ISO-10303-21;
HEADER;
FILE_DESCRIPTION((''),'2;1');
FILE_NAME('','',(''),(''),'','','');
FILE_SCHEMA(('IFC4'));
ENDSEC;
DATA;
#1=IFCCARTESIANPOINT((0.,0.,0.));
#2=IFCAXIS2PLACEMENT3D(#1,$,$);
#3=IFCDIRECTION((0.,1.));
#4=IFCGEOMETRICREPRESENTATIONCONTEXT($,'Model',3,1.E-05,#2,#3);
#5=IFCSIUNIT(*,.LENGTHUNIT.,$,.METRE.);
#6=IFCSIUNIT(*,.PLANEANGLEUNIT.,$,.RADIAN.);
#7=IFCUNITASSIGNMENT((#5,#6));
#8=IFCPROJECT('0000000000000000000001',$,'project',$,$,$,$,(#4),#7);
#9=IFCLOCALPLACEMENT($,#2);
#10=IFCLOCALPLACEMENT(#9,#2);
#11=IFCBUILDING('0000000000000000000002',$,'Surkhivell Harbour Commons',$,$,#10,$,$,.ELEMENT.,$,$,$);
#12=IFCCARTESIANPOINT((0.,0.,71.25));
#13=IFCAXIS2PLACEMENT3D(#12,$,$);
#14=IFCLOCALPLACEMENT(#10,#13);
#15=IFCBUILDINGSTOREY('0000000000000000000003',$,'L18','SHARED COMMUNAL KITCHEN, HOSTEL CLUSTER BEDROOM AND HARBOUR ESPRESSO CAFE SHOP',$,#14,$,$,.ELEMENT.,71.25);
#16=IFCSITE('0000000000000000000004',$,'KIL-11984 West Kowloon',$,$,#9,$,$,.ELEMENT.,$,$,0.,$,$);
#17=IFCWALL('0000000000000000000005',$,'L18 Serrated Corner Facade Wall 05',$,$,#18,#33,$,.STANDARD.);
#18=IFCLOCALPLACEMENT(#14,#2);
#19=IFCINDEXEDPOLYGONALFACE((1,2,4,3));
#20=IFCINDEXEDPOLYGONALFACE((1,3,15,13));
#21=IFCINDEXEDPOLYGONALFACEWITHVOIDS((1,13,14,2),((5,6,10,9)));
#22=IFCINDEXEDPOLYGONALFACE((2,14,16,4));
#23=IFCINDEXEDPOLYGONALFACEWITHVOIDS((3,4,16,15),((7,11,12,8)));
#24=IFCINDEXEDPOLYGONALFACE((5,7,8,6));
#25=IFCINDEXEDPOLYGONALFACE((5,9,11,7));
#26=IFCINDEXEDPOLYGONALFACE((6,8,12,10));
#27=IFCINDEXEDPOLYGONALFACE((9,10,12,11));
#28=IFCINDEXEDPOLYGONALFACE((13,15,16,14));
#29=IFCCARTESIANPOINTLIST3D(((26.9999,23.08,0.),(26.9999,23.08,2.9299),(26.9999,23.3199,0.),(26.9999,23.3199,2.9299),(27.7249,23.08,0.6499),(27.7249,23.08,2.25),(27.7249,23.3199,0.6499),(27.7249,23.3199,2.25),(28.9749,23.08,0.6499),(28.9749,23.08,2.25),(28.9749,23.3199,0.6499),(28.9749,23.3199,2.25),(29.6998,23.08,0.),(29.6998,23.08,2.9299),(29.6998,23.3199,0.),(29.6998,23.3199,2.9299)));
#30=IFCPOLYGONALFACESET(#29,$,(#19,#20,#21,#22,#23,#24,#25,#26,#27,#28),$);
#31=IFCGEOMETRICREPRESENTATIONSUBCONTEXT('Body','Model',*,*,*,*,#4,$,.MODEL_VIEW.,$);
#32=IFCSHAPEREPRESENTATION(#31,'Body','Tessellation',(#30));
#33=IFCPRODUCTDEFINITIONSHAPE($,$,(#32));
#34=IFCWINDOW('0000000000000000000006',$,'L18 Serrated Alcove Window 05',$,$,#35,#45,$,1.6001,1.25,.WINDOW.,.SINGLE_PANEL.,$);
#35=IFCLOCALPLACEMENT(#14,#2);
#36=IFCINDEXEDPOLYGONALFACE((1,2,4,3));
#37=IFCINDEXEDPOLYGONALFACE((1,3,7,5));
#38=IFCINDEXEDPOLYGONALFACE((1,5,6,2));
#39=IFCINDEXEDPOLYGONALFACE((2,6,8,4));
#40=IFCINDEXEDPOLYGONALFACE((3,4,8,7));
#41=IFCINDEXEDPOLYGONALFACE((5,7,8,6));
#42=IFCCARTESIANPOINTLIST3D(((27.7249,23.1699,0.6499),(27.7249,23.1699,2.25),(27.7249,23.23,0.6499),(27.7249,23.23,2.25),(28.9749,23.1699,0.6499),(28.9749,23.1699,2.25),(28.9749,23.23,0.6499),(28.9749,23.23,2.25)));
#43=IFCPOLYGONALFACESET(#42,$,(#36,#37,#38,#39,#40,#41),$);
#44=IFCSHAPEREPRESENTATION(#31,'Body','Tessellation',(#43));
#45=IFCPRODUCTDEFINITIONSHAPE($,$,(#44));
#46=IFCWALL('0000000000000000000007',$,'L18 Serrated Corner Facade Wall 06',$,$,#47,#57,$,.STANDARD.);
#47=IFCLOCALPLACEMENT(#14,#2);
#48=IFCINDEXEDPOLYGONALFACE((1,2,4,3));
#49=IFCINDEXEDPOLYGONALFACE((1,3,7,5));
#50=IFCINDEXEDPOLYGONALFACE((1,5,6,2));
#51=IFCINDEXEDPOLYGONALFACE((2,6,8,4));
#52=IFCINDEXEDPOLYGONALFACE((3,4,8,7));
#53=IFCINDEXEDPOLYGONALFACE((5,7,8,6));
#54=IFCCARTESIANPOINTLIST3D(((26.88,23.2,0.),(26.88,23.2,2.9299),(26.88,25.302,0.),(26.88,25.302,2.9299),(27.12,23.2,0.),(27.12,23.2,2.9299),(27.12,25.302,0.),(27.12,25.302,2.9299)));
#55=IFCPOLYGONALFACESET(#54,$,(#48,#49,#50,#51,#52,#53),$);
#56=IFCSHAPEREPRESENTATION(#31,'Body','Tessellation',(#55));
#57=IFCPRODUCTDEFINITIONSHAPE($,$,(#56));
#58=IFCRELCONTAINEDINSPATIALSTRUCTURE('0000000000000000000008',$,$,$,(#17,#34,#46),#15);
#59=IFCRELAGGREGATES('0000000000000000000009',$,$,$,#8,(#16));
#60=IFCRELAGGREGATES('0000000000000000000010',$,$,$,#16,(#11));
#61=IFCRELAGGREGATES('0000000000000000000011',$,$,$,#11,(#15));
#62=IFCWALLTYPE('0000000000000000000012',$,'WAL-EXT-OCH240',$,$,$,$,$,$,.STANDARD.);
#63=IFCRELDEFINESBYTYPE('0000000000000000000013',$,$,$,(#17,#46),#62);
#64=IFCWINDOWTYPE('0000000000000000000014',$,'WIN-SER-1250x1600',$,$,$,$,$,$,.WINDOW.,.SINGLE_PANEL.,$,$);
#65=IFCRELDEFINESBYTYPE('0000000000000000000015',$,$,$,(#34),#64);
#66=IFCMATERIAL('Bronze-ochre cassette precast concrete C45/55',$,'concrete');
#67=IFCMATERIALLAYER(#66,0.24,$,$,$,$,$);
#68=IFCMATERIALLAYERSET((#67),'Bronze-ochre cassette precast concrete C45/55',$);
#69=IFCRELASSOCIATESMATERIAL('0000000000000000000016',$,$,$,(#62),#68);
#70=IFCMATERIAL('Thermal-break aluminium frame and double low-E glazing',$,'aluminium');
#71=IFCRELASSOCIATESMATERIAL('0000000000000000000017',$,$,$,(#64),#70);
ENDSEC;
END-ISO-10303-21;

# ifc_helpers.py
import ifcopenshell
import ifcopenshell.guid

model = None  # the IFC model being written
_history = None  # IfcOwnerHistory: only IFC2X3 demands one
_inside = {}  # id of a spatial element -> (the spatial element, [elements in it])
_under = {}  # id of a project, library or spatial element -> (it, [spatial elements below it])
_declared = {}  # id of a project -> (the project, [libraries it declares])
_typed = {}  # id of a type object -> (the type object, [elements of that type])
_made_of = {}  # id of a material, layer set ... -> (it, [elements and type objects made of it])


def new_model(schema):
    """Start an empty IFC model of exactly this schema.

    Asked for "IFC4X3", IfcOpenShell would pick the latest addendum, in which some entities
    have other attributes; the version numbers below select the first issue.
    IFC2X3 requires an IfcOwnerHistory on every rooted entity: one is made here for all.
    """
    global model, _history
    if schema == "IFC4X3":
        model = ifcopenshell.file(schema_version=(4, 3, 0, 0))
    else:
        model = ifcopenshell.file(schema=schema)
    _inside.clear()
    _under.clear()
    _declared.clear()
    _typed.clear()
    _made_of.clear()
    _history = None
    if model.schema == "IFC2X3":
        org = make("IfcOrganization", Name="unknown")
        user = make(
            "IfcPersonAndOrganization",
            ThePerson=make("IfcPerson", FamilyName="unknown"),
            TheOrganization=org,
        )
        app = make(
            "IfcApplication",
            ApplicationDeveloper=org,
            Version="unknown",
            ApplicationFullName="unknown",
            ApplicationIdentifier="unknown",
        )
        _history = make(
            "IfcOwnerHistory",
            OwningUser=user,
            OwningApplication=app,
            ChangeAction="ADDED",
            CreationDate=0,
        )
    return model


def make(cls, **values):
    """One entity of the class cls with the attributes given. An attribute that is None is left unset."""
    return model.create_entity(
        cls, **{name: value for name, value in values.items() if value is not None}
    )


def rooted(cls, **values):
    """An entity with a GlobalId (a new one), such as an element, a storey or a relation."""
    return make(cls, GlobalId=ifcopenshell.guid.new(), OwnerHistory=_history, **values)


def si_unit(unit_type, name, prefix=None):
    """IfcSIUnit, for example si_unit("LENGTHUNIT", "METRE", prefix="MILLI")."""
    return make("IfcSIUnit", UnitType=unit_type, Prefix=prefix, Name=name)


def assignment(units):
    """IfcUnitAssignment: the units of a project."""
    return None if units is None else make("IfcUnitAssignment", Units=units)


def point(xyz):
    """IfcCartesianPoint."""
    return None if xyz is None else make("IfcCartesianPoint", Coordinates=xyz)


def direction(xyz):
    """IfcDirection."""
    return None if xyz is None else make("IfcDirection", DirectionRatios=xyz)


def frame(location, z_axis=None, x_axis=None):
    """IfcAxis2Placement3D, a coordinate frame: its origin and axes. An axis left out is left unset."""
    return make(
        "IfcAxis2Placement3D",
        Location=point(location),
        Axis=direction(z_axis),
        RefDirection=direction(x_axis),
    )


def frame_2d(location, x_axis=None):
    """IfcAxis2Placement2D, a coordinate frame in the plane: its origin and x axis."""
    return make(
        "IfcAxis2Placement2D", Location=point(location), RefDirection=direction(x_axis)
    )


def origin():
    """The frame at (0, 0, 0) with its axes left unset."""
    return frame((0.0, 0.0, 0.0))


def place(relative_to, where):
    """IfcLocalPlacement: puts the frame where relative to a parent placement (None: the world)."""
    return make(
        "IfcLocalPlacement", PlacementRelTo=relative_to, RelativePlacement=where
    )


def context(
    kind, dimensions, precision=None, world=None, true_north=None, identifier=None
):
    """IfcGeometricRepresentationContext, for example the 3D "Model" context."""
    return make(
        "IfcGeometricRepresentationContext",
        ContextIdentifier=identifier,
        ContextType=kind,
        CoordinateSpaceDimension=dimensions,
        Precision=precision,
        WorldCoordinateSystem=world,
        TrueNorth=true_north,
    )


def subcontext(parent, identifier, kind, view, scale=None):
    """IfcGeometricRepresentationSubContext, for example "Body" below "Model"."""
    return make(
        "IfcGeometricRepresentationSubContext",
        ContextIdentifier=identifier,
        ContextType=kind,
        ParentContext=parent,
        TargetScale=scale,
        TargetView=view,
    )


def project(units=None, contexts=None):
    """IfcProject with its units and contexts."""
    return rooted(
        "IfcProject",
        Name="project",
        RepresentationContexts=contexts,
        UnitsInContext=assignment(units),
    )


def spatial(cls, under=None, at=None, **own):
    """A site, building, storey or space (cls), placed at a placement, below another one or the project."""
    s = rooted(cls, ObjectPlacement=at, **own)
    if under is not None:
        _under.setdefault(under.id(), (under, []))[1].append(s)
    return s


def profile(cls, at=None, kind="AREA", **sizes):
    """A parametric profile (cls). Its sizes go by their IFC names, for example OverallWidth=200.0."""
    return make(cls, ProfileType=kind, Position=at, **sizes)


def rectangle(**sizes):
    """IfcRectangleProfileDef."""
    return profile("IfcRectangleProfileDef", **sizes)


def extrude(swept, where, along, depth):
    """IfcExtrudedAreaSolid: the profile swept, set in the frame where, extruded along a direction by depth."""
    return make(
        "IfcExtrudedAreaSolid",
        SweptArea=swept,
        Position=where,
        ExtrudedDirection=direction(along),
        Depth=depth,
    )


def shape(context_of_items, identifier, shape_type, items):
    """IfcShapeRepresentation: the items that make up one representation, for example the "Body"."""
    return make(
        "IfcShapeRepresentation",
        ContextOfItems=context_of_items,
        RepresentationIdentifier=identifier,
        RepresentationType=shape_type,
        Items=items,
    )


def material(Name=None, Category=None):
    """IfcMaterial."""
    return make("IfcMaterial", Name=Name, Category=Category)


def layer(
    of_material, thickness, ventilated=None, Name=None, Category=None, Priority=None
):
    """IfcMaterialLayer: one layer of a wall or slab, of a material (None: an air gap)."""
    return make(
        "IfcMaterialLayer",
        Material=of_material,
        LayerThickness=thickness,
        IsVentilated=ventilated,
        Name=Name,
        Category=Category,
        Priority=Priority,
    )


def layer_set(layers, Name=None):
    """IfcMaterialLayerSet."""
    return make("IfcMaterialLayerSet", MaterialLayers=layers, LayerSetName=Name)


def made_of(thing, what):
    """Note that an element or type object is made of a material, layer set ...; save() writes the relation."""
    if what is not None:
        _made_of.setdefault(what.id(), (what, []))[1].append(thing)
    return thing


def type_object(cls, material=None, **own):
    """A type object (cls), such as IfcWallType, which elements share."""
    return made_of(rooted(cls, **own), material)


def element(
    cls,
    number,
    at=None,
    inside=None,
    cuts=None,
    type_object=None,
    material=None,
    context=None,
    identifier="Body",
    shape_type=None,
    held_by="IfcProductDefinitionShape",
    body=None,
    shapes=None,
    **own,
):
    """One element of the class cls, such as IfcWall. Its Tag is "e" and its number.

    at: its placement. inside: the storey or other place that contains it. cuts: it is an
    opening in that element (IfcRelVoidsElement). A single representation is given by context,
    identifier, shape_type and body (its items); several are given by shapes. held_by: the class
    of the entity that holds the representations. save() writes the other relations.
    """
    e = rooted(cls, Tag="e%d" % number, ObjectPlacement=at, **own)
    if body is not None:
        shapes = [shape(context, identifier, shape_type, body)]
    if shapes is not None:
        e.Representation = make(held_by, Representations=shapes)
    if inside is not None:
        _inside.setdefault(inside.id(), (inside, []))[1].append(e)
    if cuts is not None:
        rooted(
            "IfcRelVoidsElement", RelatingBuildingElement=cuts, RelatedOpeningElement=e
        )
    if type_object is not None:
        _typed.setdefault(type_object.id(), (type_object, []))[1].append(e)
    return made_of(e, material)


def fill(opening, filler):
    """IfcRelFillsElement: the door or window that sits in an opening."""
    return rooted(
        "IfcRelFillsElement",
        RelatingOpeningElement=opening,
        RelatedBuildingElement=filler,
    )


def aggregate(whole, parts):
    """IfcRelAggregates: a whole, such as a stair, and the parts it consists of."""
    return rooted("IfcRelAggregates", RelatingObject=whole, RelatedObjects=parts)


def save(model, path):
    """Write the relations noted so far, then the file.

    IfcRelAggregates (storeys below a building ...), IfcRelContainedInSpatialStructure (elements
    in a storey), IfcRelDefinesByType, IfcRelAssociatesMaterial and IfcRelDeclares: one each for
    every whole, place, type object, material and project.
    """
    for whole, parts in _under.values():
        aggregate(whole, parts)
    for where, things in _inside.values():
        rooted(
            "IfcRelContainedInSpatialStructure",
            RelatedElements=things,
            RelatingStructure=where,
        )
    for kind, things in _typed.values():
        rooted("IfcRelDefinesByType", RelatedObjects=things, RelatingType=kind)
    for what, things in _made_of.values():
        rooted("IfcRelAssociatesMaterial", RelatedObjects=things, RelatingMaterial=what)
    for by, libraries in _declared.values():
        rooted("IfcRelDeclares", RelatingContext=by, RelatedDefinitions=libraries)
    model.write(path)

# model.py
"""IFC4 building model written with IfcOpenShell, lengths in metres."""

from ifc_helpers import new_model, si_unit, direction, frame, frame_2d, origin, place, context, subcontext, project, spatial, rectangle, extrude, material, layer, layer_set, type_object, element, fill, save


model = new_model("IFC4")

# Units and contexts
model_context = context("Model", 3, precision=1e-05, world=origin(), true_north=direction((0.0, 1.0)))
body_context = subcontext(model_context, "Body", "Model", "MODEL_VIEW")
ifc_project = project(units=[si_unit("LENGTHUNIT", "METRE"), si_unit("PLANEANGLEUNIT", "RADIAN")], contexts=[model_context])

# Site, building, storey
site_placement = place(None, origin())
site = spatial("IfcSite", under=ifc_project, at=site_placement, Name="KIL-11984 West Kowloon", CompositionType="ELEMENT", RefElevation=0.0)
building_placement = place(site_placement, origin())
building = spatial("IfcBuilding", under=site, at=building_placement, Name="Surkhivell Harbour Commons", CompositionType="ELEMENT")
storey_placement = place(building_placement, frame((0.0, 0.0, 71.25)))
storey = spatial("IfcBuildingStorey", under=building, at=storey_placement, Name="L18", Description="SHARED COMMUNAL KITCHEN, HOSTEL CLUSTER BEDROOM AND HARBOUR ESPRESSO CAFE SHOP", CompositionType="ELEMENT", Elevation=71.25)

# Shared definitions
ifc_material_1 = material(Name="Bronze-ochre cassette precast concrete C45/55", Category="concrete")
ifc_layer_1 = layer(ifc_material_1, 0.24)
ifc_layer_set_1 = layer_set([ifc_layer_1], Name="Bronze-ochre cassette precast concrete C45/55")
wall_type = type_object("IfcWallType", Name="WAL-EXT-OCH240", PredefinedType="STANDARD", material=ifc_layer_set_1)

# Wall, opening, window
wall_1_placement = place(storey_placement, frame((29.7, 23.2, 0.0), z_axis=(0.0, 0.0, 1.0), x_axis=(-1.0, 0.0, 0.0)))
wall_1 = element("IfcWall", 1, at=wall_1_placement, inside=storey, type_object=wall_type, Name="L18 Serrated Corner Facade Wall 05", PredefinedType="STANDARD", context=body_context, shape_type="SweptSolid", body=[
    extrude(rectangle(XDim=2.7, YDim=0.24, at=frame_2d((1.3501, 0.0))), origin(), (0.0, 0.0, 1.0), 2.9299),
])
opening_placement = place(wall_1_placement, frame((0.7251, 0.0, 0.6499)))
opening = element("IfcOpeningElement", 2, at=opening_placement, cuts=wall_1, PredefinedType="OPENING", context=body_context, shape_type="SweptSolid", body=[
    extrude(rectangle(XDim=1.25, YDim=1.6001, at=frame_2d((0.625, 0.8))), frame((0.0, 0.1299, 0.0), z_axis=(0.0, -1.0, 0.0), x_axis=(1.0, 0.0, 0.0)), (0.0, 0.0, 1.0), 0.26),
])
ifc_material_2 = material(Name="Thermal-break aluminium frame and double low-E glazing", Category="aluminium")
window_type = type_object("IfcWindowType", Name="WIN-SER-1250x1600", PartitioningType="SINGLE_PANEL", PredefinedType="WINDOW", material=ifc_material_2)
window_placement = place(opening_placement, origin())
window = element("IfcWindow", 3, at=window_placement, inside=storey, type_object=window_type, Name="L18 Serrated Alcove Window 05", OverallHeight=1.6001, OverallWidth=1.25, PartitioningType="SINGLE_PANEL", PredefinedType="WINDOW", context=body_context, shape_type="SweptSolid", body=[
    extrude(rectangle(XDim=1.25, YDim=1.6001, at=frame_2d((0.625, 0.8))), frame((0.0, 0.03, 0.0), z_axis=(0.0, -1.0, 0.0), x_axis=(1.0, 0.0, 0.0)), (0.0, 0.0, 1.0), 0.0601),
])
fill(opening, window)

# Wall
wall_2_placement = place(storey_placement, frame((27.0, 23.2, 0.0), z_axis=(0.0, 0.0, 1.0), x_axis=(0.0, 1.0, 0.0)))
element("IfcWall", 4, at=wall_2_placement, inside=storey, type_object=wall_type, Name="L18 Serrated Corner Facade Wall 06", PredefinedType="STANDARD", context=body_context, shape_type="SweptSolid", body=[
    extrude(rectangle(XDim=2.1021, YDim=0.24, at=frame_2d((1.051, 0.0))), origin(), (0.0, 0.0, 1.0), 2.9299),
])

save(model, "model.ifc")
